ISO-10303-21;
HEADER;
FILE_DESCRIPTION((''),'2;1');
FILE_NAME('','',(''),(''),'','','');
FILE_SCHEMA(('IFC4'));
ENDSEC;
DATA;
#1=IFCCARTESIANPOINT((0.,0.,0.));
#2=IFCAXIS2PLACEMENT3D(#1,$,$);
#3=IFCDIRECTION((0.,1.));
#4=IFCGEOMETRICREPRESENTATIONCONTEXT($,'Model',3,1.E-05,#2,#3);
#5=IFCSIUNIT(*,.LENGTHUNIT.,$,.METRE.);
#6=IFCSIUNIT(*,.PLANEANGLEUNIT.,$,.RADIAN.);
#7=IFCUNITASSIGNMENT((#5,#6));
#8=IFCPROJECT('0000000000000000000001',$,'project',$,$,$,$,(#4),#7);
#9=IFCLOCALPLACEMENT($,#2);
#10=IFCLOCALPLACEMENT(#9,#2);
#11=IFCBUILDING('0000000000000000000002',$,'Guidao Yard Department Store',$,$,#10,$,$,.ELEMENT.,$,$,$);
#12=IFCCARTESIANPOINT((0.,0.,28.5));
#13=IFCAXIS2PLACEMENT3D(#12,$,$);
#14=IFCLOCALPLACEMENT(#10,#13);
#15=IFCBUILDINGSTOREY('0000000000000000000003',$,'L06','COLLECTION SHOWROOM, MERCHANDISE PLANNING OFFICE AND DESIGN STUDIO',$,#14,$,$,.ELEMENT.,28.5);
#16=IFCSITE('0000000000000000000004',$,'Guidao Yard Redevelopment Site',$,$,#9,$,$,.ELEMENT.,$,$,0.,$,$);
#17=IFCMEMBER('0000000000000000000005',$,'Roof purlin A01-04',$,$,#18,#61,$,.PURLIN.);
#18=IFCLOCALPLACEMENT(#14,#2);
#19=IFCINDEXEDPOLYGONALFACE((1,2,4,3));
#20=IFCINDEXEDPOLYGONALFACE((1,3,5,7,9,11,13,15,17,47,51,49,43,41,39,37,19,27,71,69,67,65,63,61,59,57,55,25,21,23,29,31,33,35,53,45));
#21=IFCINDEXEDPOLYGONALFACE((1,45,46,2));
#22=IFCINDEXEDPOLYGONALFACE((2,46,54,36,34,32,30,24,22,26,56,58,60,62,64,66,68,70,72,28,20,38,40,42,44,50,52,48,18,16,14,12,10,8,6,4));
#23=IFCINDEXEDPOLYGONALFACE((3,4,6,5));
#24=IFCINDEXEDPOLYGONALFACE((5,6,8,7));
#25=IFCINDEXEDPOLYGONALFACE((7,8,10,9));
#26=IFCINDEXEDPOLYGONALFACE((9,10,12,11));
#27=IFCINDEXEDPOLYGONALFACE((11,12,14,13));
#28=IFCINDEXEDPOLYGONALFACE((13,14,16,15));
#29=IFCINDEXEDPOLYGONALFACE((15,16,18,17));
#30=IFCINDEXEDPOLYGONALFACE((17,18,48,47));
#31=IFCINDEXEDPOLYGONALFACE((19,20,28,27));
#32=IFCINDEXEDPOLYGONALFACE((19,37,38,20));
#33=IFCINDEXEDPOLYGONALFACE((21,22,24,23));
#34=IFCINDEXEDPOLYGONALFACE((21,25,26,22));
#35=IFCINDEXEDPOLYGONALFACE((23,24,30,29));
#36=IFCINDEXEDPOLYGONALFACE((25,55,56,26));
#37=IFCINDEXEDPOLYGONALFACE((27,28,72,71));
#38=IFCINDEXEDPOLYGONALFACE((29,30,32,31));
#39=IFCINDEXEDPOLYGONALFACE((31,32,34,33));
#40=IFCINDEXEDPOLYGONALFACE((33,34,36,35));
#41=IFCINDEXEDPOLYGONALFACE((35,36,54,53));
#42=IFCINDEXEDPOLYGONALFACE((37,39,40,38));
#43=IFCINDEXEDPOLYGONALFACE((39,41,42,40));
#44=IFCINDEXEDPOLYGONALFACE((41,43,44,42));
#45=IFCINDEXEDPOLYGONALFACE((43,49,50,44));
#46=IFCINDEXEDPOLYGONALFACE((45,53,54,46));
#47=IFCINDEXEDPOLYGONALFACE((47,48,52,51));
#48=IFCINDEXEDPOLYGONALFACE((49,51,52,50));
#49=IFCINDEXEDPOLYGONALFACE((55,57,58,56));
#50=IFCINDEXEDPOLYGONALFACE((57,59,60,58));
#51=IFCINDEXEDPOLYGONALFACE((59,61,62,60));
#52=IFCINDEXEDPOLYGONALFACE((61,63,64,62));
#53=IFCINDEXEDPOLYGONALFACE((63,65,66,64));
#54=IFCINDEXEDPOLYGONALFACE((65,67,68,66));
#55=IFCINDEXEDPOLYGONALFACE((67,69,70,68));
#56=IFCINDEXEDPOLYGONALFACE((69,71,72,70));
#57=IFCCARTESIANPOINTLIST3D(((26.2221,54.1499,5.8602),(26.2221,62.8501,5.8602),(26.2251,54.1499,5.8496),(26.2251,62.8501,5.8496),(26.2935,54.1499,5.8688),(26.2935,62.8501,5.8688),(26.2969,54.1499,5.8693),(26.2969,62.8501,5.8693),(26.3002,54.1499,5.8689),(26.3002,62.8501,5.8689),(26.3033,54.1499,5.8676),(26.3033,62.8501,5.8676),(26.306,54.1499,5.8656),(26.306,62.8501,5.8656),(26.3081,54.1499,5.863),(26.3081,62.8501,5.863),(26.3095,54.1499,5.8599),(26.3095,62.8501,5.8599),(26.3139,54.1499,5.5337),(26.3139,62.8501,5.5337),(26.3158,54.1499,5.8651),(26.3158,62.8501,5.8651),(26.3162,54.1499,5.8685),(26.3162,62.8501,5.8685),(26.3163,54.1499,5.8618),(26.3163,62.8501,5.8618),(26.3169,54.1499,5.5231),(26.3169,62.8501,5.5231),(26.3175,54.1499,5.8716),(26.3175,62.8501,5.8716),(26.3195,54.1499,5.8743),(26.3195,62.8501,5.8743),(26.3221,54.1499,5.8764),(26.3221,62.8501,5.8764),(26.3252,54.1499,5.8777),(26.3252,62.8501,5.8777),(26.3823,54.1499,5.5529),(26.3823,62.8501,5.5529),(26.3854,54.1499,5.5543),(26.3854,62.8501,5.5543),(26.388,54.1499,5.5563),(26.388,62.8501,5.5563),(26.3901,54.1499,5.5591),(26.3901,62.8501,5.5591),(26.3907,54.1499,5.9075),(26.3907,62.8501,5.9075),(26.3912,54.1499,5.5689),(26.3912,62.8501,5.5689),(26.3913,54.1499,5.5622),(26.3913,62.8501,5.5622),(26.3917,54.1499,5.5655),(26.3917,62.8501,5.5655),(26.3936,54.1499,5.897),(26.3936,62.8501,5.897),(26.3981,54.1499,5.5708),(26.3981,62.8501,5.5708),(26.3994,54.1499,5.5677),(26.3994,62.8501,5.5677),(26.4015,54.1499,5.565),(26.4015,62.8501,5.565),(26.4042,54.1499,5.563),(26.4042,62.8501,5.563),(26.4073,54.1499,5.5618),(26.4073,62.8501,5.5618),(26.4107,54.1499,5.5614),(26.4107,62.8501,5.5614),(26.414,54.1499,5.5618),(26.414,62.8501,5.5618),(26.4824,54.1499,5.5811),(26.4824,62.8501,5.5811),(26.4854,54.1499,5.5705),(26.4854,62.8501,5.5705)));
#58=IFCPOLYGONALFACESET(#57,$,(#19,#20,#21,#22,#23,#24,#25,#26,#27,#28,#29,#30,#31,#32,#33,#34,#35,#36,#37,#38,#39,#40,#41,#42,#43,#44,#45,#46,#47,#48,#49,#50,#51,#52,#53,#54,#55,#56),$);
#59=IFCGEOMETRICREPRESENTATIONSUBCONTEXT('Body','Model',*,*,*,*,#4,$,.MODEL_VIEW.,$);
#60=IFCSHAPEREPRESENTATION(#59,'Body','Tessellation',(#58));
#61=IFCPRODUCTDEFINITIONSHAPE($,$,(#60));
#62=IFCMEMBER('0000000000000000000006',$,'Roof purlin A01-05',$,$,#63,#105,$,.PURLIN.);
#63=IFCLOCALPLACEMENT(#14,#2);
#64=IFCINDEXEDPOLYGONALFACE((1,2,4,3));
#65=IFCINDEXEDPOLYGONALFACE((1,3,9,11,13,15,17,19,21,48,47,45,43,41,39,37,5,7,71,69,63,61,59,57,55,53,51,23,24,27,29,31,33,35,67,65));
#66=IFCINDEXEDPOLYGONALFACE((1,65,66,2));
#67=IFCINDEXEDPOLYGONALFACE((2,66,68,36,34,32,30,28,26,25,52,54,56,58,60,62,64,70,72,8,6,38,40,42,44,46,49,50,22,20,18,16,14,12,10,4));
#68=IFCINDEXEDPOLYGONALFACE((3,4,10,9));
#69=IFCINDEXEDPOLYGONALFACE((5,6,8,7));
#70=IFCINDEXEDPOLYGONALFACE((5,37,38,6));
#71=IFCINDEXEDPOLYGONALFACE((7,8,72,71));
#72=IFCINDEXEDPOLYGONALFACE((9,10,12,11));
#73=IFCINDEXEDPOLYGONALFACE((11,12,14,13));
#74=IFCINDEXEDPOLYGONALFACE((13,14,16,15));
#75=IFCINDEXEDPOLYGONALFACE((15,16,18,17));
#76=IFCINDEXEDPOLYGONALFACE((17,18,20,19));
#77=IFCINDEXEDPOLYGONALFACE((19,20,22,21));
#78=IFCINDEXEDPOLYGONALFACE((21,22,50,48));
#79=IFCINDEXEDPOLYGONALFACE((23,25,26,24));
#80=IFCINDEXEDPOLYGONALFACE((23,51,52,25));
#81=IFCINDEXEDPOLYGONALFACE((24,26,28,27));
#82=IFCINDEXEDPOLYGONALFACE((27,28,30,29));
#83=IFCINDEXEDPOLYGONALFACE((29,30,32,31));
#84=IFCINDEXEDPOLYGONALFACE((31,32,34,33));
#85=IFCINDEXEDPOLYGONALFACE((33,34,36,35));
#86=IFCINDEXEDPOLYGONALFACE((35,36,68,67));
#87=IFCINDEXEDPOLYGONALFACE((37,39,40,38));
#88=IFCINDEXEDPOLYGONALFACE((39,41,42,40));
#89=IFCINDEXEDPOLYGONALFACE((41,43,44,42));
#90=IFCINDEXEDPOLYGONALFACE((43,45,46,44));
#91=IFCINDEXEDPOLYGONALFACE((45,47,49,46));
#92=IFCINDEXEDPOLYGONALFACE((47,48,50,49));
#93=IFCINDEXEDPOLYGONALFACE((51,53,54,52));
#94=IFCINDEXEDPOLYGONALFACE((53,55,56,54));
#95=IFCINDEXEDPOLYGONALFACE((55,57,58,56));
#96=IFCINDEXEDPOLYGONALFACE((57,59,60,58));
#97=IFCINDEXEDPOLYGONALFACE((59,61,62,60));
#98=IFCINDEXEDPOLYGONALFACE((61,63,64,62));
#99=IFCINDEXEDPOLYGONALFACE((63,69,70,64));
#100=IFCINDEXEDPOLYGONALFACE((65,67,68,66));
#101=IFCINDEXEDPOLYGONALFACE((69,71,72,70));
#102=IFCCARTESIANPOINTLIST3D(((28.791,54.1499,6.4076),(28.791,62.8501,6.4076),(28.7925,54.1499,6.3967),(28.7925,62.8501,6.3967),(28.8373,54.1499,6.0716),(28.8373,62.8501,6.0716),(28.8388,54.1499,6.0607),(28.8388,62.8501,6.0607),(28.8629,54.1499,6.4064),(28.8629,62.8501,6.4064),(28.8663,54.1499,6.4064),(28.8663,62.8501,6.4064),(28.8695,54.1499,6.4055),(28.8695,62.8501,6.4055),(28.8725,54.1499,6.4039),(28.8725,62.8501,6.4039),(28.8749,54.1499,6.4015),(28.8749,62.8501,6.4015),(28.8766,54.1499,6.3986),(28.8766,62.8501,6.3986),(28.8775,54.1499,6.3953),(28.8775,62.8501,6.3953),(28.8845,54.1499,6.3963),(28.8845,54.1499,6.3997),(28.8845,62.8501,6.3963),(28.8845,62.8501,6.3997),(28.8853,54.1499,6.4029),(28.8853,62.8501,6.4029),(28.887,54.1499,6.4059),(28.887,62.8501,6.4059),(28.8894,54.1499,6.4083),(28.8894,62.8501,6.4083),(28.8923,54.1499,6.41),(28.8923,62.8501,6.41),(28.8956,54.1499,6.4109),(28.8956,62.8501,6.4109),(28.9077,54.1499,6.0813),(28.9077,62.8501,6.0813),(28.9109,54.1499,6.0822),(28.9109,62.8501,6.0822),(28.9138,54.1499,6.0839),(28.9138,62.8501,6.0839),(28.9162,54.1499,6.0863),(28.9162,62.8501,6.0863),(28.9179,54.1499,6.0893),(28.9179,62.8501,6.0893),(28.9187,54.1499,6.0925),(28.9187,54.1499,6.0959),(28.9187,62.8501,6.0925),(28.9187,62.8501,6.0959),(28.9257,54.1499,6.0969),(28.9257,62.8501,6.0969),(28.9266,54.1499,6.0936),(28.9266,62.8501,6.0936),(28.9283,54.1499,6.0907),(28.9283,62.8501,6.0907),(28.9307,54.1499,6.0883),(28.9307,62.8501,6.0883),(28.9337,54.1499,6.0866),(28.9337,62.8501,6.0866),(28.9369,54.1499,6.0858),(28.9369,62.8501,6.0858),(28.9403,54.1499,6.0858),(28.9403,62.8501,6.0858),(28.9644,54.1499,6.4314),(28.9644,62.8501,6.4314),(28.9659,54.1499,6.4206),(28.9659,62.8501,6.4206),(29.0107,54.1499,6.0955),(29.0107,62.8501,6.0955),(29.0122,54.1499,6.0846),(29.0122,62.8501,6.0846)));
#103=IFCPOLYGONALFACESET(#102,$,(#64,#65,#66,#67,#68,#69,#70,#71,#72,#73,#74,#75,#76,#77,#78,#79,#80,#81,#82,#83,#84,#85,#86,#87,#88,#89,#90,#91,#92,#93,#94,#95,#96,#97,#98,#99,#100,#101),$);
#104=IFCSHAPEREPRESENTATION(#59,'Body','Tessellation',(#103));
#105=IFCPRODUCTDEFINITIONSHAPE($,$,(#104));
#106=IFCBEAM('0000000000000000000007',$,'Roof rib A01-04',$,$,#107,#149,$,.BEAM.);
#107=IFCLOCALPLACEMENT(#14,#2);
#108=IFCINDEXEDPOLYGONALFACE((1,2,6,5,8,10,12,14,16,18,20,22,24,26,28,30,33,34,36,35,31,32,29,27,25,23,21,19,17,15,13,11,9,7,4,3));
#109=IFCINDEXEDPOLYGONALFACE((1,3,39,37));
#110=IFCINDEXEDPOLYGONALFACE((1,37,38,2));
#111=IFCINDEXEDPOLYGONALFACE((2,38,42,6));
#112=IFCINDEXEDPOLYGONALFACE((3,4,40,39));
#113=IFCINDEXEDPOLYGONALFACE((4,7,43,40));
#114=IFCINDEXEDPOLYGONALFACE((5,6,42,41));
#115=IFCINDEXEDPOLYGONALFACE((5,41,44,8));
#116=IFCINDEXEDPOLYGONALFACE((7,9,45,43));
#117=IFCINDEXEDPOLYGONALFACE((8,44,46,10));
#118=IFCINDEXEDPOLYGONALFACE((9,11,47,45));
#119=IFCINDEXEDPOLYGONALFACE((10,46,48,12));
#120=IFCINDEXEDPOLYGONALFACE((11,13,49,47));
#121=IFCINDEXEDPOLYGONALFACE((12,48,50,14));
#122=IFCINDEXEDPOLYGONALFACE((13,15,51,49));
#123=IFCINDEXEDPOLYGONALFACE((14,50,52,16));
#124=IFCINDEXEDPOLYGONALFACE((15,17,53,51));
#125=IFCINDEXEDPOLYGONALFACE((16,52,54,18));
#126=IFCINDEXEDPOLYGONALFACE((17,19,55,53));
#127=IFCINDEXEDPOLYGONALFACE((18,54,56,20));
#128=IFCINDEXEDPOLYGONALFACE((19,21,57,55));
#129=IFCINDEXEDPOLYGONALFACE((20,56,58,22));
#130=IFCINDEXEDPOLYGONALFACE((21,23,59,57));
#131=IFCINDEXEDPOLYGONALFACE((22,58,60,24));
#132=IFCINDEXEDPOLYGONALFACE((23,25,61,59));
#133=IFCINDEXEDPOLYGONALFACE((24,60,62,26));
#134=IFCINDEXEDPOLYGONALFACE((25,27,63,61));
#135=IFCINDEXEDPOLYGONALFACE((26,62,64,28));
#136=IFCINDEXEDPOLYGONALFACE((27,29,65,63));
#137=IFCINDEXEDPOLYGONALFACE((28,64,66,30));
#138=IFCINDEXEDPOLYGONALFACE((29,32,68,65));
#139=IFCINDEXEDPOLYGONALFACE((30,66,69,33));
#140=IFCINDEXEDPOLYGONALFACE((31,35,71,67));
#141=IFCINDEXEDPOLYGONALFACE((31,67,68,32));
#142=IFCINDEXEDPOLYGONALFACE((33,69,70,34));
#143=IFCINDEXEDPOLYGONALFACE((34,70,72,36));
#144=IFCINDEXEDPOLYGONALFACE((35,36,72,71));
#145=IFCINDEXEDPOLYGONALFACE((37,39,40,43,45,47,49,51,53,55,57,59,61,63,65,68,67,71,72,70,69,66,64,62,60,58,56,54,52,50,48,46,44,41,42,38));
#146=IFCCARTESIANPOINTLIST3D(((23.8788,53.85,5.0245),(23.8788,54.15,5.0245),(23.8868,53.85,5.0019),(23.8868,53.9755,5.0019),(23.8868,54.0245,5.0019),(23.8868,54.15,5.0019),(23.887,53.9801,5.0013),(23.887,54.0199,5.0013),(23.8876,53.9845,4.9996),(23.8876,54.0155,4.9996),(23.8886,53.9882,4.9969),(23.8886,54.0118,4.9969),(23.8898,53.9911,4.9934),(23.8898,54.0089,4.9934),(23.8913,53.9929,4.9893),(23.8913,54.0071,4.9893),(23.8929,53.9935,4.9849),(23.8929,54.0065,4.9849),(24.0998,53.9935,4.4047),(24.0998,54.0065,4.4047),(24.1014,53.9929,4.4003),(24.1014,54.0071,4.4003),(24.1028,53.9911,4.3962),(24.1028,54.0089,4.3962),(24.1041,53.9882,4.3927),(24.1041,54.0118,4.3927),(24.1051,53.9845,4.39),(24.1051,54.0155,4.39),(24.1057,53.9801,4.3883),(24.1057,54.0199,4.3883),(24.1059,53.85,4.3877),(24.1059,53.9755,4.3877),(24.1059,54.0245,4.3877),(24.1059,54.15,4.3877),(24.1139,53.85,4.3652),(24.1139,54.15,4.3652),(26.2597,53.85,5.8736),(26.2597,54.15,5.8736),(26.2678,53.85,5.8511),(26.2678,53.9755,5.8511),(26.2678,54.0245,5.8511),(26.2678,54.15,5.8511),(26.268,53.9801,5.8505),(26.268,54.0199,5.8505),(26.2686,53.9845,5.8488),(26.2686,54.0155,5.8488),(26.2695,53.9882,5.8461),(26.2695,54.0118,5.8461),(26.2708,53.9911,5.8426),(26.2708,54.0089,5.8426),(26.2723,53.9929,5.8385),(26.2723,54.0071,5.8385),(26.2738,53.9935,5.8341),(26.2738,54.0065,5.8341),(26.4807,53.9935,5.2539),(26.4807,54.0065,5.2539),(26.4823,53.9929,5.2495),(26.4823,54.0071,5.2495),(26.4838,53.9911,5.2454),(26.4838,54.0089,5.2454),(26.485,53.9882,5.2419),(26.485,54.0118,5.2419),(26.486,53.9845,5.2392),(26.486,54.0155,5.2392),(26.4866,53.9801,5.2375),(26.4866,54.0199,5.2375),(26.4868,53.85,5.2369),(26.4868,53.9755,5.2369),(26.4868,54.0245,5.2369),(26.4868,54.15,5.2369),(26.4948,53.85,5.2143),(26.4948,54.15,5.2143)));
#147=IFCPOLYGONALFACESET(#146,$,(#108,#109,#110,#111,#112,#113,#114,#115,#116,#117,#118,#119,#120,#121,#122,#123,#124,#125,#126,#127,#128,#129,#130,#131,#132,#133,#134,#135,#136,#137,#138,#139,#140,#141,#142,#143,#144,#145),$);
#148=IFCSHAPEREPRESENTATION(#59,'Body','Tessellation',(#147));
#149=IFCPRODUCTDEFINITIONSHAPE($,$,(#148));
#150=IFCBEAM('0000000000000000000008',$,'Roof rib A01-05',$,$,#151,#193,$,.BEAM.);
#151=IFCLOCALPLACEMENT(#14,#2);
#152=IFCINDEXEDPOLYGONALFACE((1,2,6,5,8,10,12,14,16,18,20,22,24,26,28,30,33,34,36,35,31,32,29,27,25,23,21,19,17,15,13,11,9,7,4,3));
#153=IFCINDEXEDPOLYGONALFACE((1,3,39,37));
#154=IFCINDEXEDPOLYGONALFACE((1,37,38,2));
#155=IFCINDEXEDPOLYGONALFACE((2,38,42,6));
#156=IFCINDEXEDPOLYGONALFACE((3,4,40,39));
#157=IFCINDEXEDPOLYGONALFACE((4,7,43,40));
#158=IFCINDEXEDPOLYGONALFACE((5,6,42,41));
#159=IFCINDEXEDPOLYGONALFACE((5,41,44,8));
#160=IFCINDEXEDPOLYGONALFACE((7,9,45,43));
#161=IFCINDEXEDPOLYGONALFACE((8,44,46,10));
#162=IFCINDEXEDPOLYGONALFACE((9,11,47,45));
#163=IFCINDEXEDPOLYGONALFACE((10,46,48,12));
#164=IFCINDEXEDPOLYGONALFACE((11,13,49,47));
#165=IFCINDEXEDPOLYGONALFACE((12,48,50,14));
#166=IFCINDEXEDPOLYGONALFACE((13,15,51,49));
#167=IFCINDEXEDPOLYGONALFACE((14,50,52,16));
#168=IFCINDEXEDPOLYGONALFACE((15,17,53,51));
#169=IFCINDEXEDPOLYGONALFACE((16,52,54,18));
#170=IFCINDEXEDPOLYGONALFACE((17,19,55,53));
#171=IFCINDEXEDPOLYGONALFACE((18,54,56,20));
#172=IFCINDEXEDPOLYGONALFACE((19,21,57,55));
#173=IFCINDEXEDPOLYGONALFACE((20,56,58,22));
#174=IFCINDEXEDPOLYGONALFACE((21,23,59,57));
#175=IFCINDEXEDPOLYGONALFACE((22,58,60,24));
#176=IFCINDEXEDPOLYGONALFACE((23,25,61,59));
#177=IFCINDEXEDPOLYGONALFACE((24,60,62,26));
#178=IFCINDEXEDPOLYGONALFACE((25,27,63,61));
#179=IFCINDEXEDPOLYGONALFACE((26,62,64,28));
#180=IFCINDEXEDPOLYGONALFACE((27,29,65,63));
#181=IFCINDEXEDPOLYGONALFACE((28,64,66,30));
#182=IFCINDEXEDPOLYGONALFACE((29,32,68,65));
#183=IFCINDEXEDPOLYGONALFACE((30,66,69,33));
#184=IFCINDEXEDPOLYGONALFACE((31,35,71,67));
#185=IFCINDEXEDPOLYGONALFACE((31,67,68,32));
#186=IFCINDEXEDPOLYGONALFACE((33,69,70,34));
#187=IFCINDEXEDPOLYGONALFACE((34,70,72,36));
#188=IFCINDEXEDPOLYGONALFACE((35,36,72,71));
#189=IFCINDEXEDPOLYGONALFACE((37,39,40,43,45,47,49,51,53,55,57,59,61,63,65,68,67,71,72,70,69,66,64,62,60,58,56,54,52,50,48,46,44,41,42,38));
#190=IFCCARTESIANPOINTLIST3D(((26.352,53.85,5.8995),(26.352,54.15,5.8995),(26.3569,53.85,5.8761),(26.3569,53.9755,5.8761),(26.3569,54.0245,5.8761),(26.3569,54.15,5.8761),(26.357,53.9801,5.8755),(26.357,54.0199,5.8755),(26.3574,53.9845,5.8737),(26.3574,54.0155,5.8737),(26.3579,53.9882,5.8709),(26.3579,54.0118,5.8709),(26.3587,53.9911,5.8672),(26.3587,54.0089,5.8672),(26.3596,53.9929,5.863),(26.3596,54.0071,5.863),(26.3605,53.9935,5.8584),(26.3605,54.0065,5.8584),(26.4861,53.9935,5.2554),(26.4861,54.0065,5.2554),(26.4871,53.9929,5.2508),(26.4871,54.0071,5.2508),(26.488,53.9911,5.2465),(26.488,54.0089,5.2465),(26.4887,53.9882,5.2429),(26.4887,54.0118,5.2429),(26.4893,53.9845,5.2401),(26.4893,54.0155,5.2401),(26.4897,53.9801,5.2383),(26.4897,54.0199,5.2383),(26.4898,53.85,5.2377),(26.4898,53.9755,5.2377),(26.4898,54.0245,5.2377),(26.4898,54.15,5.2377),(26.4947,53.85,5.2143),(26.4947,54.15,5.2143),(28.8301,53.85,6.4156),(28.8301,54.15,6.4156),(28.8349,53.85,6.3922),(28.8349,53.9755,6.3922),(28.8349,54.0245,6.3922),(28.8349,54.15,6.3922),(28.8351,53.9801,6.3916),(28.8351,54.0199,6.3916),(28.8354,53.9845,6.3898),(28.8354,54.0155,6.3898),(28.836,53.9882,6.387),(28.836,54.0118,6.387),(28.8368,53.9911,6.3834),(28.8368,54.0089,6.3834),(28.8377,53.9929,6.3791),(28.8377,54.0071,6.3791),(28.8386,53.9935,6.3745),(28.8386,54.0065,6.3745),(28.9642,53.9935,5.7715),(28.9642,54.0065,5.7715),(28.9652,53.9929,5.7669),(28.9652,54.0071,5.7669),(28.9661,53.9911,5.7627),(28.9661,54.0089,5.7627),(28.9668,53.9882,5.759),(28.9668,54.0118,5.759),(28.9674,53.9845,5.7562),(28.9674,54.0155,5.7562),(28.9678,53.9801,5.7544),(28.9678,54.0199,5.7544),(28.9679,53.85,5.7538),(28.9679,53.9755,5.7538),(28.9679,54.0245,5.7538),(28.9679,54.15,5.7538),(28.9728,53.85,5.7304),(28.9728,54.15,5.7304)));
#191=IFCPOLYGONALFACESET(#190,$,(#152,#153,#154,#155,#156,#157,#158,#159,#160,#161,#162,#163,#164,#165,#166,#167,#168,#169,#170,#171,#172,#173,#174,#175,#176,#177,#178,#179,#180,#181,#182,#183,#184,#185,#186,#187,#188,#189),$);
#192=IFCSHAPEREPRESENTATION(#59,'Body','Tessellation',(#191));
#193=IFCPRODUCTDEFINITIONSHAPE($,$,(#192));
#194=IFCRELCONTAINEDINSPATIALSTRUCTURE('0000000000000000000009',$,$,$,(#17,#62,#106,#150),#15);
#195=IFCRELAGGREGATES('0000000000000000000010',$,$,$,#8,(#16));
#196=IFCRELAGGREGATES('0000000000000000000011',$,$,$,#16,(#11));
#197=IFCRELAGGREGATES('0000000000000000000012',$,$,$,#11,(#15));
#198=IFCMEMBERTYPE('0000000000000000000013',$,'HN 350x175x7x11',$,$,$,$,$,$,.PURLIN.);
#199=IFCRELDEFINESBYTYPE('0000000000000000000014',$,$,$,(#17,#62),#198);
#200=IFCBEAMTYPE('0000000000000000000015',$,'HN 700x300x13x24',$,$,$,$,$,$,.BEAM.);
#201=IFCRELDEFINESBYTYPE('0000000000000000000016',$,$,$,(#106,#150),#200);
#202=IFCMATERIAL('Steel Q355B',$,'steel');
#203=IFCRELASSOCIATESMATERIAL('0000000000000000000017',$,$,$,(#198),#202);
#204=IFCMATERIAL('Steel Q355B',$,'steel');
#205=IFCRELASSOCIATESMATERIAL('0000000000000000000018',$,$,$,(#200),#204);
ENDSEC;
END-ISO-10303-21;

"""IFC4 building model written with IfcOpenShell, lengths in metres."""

from ifc_helpers import new_model, si_unit, direction, frame, origin, origin_2d, place, context, subcontext, project, spatial, i_section, extrude, material, material_profile, profile_set, type_object, element, save


model = new_model("IFC4")

# Units and contexts
model_context = context("Model", 3, precision=1e-05, world=origin(), true_north=direction((0.0, 1.0)))
body_context = subcontext(model_context, "Body", "Model", "MODEL_VIEW")
ifc_project = project(units=[si_unit("LENGTHUNIT", "METRE"), si_unit("PLANEANGLEUNIT", "RADIAN")], contexts=[model_context])

# Site, building, storey
site_placement = place(None, origin())
site = spatial("IfcSite", under=ifc_project, at=site_placement, Name="Guidao Yard Redevelopment Site", CompositionType="ELEMENT", RefElevation=0.0)
building_placement = place(site_placement, origin())
building = spatial("IfcBuilding", under=site, at=building_placement, Name="Guidao Yard Department Store", CompositionType="ELEMENT")
storey_placement = place(building_placement, frame((0.0, 0.0, 28.5)))
storey = spatial("IfcBuildingStorey", under=building, at=storey_placement, Name="L06", Description="COLLECTION SHOWROOM, MERCHANDISE PLANNING OFFICE AND DESIGN STUDIO", CompositionType="ELEMENT", Elevation=28.5)

# Members
ifc_material_1 = material(Name="Steel Q355B", Category="steel")
ifc_material_profile_1 = material_profile(ifc_material_1, i_section(OverallWidth=0.175, OverallDepth=0.3501, WebThickness=0.0071, FlangeThickness=0.011, FilletRadius=0.0129, at=origin_2d()), Name="HN 350x175x7x11")
ifc_profile_set_1 = profile_set([ifc_material_profile_1], Name="Steel Q355B")
member_type_1 = type_object("IfcMemberType", Name="HN 350x175x7x11", PredefinedType="PURLIN", material=ifc_profile_set_1)
for number, where, z_axis, x_axis, name in (
    (1, (26.3538, 54.1499, 5.7153), (0.0, 1.0, 0.0), (-0.962712, 0.0, -0.270529), "Roof purlin A01-04"),
    (2, (28.9016, 54.1499, 6.2461), (0.0, 1.0, 0.0), (-0.990647, 0.0, -0.136449), "Roof purlin A01-05"),
):
    element("IfcMember", number, at=place(storey_placement, frame(where, z_axis=z_axis, x_axis=x_axis)), inside=storey, type_object=member_type_1, Name=name, PredefinedType="PURLIN", context=body_context, shape_type="SweptSolid", body=[
        extrude(i_section(OverallWidth=0.175, OverallDepth=0.3501, WebThickness=0.0071, FlangeThickness=0.011, FilletRadius=0.0129, at=origin_2d()), origin(), (0.0, 0.0, 1.0), 8.7002),
    ])

# Beams
ifc_material_2 = material(Name="Steel Q355B", Category="steel")
ifc_material_profile_2 = material_profile(ifc_material_2, i_section(OverallWidth=0.3, OverallDepth=0.7, WebThickness=0.0129, FlangeThickness=0.0239, FilletRadius=0.0181, at=origin_2d()), Name="HN 700x300x13x24")
ifc_profile_set_2 = profile_set([ifc_material_profile_2], Name="Steel Q355B")
beam_type = type_object("IfcBeamType", Name="HN 700x300x13x24", PredefinedType="BEAM", material=ifc_profile_set_2)
beam_1_placement = place(storey_placement, frame((23.9963, 54.0, 4.6948), z_axis=(0.94189, 0.0, 0.33592), x_axis=(0.0, 1.0, 0.0)))
element("IfcBeam", 3, at=beam_1_placement, inside=storey, type_object=beam_type, Name="Roof rib A01-04", PredefinedType="BEAM", context=body_context, shape_type="SweptSolid", body=[
    extrude(i_section(OverallWidth=0.3, OverallDepth=0.7, WebThickness=0.0129, FlangeThickness=0.0239, FilletRadius=0.0181, at=origin_2d()), origin(), (0.0, 0.0, 1.0), 2.5278),
])
beam_2_placement = place(storey_placement, frame((26.4233, 54.0, 5.5569), z_axis=(0.978992, 0.0, 0.2039), x_axis=(0.0, 1.0, 0.0)))
element("IfcBeam", 4, at=beam_2_placement, inside=storey, type_object=beam_type, Name="Roof rib A01-05", PredefinedType="BEAM", context=body_context, shape_type="SweptSolid", body=[
    extrude(i_section(OverallWidth=0.3, OverallDepth=0.7, WebThickness=0.0129, FlangeThickness=0.0239, FilletRadius=0.0181, at=origin_2d()), origin(), (0.0, 0.0, 1.0), 2.5312),
])

save(model, "model.ifc")
